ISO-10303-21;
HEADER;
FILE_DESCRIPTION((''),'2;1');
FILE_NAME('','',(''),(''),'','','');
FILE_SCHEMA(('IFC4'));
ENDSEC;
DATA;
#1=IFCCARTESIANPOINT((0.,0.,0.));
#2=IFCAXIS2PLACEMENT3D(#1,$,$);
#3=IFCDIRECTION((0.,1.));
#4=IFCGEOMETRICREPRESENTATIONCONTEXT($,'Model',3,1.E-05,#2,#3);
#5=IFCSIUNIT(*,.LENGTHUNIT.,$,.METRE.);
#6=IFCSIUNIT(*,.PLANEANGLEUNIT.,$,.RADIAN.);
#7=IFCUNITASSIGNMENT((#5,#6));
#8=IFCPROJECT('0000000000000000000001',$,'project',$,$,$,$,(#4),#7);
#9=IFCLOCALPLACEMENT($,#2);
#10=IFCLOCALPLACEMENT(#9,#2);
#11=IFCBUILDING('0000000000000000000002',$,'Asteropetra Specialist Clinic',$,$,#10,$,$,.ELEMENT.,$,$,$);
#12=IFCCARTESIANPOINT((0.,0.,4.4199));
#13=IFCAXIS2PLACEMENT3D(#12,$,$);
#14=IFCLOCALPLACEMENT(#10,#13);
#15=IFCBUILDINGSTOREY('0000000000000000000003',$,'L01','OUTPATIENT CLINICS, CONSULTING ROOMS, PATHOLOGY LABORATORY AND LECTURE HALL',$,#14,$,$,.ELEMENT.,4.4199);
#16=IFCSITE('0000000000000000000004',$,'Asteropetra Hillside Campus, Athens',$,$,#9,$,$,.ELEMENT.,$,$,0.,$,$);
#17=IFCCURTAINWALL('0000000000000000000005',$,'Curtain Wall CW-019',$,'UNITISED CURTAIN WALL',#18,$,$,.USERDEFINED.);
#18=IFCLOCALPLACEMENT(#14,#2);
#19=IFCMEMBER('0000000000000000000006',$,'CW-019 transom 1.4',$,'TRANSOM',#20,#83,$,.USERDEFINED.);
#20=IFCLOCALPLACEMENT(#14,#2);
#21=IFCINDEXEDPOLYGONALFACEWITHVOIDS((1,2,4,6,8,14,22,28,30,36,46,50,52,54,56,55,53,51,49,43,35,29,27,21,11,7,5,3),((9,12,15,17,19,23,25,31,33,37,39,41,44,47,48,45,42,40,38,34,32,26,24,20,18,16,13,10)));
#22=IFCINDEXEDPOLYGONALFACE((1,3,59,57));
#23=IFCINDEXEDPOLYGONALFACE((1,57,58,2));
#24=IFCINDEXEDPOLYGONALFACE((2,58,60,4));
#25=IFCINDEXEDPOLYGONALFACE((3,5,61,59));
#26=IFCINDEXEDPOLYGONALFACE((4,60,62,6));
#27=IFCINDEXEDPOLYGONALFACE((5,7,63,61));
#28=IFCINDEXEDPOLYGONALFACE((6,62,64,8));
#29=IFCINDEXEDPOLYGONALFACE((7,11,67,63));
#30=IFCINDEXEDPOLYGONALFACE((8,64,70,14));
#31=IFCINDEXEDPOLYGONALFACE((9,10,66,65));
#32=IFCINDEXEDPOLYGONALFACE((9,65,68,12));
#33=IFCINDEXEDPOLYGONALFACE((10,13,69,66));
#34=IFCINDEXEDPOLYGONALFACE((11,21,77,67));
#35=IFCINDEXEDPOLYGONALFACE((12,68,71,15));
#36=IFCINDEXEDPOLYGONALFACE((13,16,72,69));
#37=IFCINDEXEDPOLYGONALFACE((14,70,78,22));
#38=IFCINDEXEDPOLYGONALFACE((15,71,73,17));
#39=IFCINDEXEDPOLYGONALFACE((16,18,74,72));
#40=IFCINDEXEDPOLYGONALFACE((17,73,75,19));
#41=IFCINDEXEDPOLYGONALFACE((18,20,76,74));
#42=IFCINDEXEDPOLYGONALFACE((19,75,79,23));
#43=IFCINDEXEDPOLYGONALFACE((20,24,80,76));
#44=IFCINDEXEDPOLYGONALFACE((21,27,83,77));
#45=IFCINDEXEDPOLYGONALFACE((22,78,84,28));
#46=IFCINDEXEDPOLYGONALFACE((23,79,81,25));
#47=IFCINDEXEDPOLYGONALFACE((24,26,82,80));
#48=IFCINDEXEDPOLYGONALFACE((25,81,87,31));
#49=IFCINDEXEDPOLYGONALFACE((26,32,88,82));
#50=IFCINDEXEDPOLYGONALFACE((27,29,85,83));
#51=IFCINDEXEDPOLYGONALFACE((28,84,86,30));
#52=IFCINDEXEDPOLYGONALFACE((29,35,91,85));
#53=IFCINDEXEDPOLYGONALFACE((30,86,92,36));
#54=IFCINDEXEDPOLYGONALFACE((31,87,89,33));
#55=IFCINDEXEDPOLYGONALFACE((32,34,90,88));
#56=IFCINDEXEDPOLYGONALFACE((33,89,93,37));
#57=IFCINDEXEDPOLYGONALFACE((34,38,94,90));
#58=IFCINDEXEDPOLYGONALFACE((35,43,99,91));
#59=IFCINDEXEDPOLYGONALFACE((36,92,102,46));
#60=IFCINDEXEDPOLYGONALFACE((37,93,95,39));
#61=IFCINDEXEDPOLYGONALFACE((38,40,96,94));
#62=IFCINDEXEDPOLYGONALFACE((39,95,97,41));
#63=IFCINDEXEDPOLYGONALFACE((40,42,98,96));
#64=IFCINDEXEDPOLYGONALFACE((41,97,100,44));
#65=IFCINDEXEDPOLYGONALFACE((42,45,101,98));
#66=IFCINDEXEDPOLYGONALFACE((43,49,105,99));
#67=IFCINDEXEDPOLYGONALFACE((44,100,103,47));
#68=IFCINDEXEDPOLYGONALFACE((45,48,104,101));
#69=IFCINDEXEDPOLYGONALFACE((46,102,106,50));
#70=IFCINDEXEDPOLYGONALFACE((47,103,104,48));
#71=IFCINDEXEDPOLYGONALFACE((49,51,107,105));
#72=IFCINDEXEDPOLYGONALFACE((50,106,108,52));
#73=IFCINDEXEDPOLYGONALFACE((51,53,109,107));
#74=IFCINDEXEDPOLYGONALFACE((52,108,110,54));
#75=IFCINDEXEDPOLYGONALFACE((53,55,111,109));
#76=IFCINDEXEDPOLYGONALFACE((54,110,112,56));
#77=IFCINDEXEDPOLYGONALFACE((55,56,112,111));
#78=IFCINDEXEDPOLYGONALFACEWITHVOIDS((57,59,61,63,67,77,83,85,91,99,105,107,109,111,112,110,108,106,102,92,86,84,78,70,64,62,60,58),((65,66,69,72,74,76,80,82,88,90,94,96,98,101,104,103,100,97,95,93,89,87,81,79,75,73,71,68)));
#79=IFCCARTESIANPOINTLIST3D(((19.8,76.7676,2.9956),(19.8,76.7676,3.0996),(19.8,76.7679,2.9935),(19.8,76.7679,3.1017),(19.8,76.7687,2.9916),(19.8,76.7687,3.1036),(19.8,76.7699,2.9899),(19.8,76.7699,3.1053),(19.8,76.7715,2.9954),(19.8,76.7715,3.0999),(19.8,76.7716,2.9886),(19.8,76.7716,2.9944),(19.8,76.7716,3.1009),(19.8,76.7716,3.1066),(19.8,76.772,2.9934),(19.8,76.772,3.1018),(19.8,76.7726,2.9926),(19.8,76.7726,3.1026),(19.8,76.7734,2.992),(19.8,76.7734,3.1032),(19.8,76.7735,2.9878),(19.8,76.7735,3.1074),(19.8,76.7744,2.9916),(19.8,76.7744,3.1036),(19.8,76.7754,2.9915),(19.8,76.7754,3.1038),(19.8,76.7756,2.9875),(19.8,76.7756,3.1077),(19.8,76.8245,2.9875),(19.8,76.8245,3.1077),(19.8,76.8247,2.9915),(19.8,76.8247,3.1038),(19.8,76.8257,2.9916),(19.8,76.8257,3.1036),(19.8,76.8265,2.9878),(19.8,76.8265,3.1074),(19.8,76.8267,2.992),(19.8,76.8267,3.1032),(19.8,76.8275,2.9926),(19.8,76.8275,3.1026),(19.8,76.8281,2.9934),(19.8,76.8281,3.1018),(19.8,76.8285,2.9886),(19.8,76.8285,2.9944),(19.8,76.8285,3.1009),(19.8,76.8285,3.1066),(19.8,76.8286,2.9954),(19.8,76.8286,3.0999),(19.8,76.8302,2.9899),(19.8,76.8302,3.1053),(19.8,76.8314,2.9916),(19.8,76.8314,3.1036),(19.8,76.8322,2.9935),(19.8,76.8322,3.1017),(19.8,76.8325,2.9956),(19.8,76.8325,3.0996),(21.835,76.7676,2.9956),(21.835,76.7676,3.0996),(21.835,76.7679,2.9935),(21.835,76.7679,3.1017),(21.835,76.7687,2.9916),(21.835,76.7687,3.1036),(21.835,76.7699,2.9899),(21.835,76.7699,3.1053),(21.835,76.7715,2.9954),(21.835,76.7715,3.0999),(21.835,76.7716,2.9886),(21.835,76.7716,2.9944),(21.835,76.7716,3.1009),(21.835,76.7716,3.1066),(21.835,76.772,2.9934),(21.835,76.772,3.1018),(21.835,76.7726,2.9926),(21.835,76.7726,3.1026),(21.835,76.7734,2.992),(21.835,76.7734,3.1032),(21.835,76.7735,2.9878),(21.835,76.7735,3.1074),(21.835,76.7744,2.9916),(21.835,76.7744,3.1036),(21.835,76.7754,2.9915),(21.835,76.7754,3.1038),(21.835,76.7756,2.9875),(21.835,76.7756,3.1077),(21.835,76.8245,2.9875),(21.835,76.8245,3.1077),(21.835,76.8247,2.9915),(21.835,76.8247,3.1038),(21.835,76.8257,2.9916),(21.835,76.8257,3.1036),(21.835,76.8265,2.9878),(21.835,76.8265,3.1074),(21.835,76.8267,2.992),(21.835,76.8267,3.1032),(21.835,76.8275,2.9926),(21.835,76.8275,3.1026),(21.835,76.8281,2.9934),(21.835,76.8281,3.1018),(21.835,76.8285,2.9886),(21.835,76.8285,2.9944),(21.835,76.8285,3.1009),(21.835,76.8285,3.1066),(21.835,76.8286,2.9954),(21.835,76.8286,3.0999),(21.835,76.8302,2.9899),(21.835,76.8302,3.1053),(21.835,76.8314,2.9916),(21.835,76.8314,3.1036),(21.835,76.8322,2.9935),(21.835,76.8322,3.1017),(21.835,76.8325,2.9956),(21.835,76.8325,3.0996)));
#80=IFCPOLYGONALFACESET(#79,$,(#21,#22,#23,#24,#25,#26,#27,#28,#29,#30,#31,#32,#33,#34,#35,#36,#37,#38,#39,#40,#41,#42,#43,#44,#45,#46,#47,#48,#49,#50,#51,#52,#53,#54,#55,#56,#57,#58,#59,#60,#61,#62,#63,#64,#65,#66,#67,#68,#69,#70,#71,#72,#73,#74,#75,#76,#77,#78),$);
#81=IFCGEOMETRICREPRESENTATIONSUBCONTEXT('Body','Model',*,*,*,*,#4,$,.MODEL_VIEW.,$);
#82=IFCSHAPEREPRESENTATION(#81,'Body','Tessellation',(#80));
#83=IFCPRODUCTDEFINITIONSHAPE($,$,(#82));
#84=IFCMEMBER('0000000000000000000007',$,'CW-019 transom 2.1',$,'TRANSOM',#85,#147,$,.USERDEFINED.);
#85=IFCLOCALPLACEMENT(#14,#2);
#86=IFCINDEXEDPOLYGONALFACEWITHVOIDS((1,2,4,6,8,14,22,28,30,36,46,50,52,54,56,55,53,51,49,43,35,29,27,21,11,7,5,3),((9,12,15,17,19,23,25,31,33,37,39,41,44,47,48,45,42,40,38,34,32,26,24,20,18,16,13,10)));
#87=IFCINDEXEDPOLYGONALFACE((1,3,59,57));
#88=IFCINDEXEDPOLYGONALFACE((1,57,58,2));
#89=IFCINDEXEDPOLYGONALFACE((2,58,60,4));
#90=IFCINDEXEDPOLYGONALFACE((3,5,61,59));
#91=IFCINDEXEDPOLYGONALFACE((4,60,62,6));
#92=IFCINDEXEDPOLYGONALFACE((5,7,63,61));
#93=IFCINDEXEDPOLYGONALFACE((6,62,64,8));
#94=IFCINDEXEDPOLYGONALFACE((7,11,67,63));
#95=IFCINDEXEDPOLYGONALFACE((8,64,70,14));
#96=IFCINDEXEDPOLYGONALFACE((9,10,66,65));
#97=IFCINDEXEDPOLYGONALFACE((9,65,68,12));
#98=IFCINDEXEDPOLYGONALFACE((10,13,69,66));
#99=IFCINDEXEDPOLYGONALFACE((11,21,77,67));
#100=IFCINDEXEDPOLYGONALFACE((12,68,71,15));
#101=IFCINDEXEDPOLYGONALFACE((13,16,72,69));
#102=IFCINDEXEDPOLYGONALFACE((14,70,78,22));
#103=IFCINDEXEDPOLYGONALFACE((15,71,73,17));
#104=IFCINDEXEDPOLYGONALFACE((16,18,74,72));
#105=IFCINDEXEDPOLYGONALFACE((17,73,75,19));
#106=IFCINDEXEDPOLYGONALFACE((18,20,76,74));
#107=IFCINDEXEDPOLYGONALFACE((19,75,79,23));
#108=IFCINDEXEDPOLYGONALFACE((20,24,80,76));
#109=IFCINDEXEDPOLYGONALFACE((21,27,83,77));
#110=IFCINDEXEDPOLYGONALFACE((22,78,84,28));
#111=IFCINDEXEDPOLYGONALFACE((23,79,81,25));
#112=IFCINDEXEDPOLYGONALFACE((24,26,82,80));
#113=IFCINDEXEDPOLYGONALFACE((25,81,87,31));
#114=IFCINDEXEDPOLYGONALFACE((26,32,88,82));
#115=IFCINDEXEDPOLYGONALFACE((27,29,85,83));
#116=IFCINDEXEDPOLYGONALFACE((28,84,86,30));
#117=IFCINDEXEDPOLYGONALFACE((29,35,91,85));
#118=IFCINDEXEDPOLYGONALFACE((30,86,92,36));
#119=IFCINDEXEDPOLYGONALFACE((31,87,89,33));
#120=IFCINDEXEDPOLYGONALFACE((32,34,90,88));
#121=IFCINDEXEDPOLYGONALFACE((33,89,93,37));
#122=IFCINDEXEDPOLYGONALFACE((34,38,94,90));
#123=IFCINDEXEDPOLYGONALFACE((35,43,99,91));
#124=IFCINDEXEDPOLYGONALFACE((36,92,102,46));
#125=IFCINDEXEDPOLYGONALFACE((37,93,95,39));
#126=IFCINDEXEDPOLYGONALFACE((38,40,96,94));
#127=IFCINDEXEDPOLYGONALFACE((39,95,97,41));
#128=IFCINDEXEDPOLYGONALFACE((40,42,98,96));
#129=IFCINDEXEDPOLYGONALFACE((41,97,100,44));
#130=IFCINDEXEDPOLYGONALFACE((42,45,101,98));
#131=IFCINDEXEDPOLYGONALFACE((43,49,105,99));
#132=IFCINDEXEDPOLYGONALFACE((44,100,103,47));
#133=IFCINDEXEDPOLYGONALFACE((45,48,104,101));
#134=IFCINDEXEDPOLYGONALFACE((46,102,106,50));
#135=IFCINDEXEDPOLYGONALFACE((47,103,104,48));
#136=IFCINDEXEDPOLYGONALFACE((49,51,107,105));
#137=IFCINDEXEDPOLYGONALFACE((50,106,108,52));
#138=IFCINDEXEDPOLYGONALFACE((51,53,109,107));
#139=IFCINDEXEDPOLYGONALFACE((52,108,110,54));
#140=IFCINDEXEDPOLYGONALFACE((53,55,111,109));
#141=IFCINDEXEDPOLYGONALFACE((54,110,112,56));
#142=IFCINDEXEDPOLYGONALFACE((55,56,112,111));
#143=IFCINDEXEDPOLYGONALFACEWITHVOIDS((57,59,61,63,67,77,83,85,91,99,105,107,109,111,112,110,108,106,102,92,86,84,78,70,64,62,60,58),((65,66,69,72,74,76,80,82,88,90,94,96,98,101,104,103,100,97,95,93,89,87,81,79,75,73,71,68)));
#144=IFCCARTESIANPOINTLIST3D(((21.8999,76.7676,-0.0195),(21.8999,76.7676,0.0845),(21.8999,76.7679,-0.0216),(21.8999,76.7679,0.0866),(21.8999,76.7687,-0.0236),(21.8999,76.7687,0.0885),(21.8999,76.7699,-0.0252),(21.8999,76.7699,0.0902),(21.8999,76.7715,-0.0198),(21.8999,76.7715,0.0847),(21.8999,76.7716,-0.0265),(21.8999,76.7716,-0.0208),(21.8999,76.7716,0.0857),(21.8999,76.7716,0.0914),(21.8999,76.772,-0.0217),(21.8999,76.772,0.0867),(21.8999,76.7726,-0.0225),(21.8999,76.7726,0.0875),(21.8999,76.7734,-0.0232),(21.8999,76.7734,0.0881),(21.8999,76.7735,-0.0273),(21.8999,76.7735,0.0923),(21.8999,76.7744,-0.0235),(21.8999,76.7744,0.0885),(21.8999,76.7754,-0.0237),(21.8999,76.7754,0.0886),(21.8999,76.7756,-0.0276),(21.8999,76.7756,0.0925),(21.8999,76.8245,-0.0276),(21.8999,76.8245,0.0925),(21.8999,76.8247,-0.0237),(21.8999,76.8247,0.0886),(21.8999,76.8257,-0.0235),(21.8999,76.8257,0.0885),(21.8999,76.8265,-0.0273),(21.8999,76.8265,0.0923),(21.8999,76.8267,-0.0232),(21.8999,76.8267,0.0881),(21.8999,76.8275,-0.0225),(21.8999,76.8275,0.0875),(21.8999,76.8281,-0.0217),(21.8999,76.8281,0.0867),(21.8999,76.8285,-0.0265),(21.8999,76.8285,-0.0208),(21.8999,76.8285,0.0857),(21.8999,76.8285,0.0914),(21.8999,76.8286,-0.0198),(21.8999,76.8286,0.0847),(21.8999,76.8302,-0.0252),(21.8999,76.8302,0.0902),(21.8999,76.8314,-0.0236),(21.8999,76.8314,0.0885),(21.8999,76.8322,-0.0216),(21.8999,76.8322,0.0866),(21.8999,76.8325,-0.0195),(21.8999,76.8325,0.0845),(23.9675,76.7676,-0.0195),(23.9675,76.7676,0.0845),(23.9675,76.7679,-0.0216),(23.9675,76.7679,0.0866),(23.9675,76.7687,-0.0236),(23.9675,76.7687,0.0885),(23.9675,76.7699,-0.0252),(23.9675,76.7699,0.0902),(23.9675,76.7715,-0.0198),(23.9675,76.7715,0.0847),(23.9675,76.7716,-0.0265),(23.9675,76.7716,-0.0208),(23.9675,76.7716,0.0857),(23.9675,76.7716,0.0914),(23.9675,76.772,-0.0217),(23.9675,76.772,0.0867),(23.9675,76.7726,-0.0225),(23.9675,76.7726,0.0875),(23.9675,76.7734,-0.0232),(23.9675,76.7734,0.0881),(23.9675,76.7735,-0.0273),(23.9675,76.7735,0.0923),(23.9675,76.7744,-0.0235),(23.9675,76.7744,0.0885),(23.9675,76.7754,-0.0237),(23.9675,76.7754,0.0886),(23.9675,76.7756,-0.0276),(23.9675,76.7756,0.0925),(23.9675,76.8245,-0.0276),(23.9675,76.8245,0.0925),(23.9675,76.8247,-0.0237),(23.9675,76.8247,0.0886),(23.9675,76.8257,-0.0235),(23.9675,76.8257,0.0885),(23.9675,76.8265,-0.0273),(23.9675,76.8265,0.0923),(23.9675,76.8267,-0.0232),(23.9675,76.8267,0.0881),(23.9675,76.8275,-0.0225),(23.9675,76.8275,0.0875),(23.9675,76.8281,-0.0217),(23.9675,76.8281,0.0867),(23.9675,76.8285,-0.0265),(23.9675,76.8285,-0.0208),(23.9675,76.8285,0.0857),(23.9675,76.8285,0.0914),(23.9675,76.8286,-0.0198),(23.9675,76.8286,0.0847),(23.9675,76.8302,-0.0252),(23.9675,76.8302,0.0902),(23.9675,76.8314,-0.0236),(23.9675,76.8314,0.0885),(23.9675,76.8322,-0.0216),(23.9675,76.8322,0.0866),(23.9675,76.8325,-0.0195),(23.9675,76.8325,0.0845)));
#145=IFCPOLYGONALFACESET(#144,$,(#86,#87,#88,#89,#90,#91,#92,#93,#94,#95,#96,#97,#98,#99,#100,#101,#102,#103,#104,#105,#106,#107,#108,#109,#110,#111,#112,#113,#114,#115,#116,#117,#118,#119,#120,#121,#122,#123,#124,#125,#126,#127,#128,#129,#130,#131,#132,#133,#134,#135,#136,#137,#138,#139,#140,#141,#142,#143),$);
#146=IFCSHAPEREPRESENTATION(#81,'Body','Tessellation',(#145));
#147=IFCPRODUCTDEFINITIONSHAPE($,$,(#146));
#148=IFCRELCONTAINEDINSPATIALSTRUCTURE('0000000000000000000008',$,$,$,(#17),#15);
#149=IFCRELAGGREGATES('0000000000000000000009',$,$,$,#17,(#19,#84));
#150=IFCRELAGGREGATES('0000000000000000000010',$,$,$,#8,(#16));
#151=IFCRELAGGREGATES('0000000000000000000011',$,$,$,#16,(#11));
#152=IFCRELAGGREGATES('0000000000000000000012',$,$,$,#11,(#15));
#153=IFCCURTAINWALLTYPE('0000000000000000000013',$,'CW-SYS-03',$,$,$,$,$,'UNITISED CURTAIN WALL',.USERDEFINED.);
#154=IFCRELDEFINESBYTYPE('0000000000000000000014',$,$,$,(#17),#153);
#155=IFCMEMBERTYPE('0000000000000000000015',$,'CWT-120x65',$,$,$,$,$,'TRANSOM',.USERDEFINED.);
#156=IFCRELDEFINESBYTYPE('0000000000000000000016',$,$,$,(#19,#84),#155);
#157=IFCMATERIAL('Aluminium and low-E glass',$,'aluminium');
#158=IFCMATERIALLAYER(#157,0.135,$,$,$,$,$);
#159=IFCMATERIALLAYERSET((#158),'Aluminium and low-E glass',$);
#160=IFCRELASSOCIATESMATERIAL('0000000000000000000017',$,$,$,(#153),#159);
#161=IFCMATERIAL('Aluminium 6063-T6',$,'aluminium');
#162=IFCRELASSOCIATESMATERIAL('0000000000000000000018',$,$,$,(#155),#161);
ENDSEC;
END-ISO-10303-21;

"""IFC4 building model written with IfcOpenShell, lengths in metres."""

from ifc_helpers import new_model, si_unit, direction, frame, origin, origin_2d, place, context, subcontext, project, spatial, hollow_rectangle, extrude, material, layer, layer_set, material_profile, profile_set, type_object, element, aggregate, save


model = new_model("IFC4")

# Units and contexts
model_context = context("Model", 3, precision=1e-05, world=origin(), true_north=direction((0.0, 1.0)))
body_context = subcontext(model_context, "Body", "Model", "MODEL_VIEW")
ifc_project = project(units=[si_unit("LENGTHUNIT", "METRE"), si_unit("PLANEANGLEUNIT", "RADIAN")], contexts=[model_context])

# Site, building, storey
site_placement = place(None, origin())
site = spatial("IfcSite", under=ifc_project, at=site_placement, Name="Asteropetra Hillside Campus, Athens", CompositionType="ELEMENT", RefElevation=0.0)
building_placement = place(site_placement, origin())
building = spatial("IfcBuilding", under=site, at=building_placement, Name="Asteropetra Specialist Clinic", CompositionType="ELEMENT")
storey_placement = place(building_placement, frame((0.0, 0.0, 4.4199)))
storey = spatial("IfcBuildingStorey", under=building, at=storey_placement, Name="L01", Description="OUTPATIENT CLINICS, CONSULTING ROOMS, PATHOLOGY LABORATORY AND LECTURE HALL", CompositionType="ELEMENT", Elevation=4.4199)

# Curtain wall, members
ifc_material_1 = material(Name="Aluminium and low-E glass", Category="aluminium")
ifc_layer_1 = layer(ifc_material_1, 0.135)
ifc_layer_set_1 = layer_set([ifc_layer_1], Name="Aluminium and low-E glass")
curtain_wall_type = type_object("IfcCurtainWallType", Name="CW-SYS-03", ElementType="UNITISED CURTAIN WALL", PredefinedType="USERDEFINED", material=ifc_layer_set_1)
curtain_wall_placement = place(storey_placement, origin())
curtain_wall = element("IfcCurtainWall", 1, at=curtain_wall_placement, inside=storey, type_object=curtain_wall_type, Name="Curtain Wall CW-019", ObjectType="UNITISED CURTAIN WALL", PredefinedType="USERDEFINED")
ifc_material_2 = material(Name="Aluminium 6063-T6", Category="aluminium")
ifc_material_profile_1 = material_profile(ifc_material_2, hollow_rectangle(XDim=0.0649, YDim=0.1201, WallThickness=0.0039, InnerFilletRadius=0.0039, OuterFilletRadius=0.0081, at=origin_2d()), Name="TRN 120x65x4.0")
ifc_profile_set_1 = profile_set([ifc_material_profile_1], Name="Aluminium 6063-T6")
member_type_1 = type_object("IfcMemberType", Name="CWT-120x65", ElementType="TRANSOM", PredefinedType="USERDEFINED", material=ifc_profile_set_1)
member_1_placement = place(storey_placement, frame((19.8, 76.8, 3.0476), z_axis=(1.0, 0.0, 0.0), x_axis=(0.0, 1.0, 0.0)))
member_1 = element("IfcMember", 2, at=member_1_placement, type_object=member_type_1, Name="CW-019 transom 1.4", ObjectType="TRANSOM", PredefinedType="USERDEFINED", context=body_context, shape_type="SweptSolid", body=[
    extrude(hollow_rectangle(XDim=0.0649, YDim=0.1201, WallThickness=0.0039, InnerFilletRadius=0.0039, OuterFilletRadius=0.0081, at=origin_2d()), origin(), (0.0, 0.0, 1.0), 2.0349),
])
member_2_placement = place(storey_placement, frame((21.8999, 76.8, 0.0325), z_axis=(1.0, 0.0, 0.0), x_axis=(0.0, 1.0, 0.0)))
member_2 = element("IfcMember", 3, at=member_2_placement, type_object=member_type_1, Name="CW-019 transom 2.1", ObjectType="TRANSOM", PredefinedType="USERDEFINED", context=body_context, shape_type="SweptSolid", body=[
    extrude(hollow_rectangle(XDim=0.0649, YDim=0.1201, WallThickness=0.0039, InnerFilletRadius=0.0039, OuterFilletRadius=0.0081, at=origin_2d()), origin(), (0.0, 0.0, 1.0), 2.0676),
])
aggregate(curtain_wall, [member_1, member_2])

save(model, "model.ifc")
